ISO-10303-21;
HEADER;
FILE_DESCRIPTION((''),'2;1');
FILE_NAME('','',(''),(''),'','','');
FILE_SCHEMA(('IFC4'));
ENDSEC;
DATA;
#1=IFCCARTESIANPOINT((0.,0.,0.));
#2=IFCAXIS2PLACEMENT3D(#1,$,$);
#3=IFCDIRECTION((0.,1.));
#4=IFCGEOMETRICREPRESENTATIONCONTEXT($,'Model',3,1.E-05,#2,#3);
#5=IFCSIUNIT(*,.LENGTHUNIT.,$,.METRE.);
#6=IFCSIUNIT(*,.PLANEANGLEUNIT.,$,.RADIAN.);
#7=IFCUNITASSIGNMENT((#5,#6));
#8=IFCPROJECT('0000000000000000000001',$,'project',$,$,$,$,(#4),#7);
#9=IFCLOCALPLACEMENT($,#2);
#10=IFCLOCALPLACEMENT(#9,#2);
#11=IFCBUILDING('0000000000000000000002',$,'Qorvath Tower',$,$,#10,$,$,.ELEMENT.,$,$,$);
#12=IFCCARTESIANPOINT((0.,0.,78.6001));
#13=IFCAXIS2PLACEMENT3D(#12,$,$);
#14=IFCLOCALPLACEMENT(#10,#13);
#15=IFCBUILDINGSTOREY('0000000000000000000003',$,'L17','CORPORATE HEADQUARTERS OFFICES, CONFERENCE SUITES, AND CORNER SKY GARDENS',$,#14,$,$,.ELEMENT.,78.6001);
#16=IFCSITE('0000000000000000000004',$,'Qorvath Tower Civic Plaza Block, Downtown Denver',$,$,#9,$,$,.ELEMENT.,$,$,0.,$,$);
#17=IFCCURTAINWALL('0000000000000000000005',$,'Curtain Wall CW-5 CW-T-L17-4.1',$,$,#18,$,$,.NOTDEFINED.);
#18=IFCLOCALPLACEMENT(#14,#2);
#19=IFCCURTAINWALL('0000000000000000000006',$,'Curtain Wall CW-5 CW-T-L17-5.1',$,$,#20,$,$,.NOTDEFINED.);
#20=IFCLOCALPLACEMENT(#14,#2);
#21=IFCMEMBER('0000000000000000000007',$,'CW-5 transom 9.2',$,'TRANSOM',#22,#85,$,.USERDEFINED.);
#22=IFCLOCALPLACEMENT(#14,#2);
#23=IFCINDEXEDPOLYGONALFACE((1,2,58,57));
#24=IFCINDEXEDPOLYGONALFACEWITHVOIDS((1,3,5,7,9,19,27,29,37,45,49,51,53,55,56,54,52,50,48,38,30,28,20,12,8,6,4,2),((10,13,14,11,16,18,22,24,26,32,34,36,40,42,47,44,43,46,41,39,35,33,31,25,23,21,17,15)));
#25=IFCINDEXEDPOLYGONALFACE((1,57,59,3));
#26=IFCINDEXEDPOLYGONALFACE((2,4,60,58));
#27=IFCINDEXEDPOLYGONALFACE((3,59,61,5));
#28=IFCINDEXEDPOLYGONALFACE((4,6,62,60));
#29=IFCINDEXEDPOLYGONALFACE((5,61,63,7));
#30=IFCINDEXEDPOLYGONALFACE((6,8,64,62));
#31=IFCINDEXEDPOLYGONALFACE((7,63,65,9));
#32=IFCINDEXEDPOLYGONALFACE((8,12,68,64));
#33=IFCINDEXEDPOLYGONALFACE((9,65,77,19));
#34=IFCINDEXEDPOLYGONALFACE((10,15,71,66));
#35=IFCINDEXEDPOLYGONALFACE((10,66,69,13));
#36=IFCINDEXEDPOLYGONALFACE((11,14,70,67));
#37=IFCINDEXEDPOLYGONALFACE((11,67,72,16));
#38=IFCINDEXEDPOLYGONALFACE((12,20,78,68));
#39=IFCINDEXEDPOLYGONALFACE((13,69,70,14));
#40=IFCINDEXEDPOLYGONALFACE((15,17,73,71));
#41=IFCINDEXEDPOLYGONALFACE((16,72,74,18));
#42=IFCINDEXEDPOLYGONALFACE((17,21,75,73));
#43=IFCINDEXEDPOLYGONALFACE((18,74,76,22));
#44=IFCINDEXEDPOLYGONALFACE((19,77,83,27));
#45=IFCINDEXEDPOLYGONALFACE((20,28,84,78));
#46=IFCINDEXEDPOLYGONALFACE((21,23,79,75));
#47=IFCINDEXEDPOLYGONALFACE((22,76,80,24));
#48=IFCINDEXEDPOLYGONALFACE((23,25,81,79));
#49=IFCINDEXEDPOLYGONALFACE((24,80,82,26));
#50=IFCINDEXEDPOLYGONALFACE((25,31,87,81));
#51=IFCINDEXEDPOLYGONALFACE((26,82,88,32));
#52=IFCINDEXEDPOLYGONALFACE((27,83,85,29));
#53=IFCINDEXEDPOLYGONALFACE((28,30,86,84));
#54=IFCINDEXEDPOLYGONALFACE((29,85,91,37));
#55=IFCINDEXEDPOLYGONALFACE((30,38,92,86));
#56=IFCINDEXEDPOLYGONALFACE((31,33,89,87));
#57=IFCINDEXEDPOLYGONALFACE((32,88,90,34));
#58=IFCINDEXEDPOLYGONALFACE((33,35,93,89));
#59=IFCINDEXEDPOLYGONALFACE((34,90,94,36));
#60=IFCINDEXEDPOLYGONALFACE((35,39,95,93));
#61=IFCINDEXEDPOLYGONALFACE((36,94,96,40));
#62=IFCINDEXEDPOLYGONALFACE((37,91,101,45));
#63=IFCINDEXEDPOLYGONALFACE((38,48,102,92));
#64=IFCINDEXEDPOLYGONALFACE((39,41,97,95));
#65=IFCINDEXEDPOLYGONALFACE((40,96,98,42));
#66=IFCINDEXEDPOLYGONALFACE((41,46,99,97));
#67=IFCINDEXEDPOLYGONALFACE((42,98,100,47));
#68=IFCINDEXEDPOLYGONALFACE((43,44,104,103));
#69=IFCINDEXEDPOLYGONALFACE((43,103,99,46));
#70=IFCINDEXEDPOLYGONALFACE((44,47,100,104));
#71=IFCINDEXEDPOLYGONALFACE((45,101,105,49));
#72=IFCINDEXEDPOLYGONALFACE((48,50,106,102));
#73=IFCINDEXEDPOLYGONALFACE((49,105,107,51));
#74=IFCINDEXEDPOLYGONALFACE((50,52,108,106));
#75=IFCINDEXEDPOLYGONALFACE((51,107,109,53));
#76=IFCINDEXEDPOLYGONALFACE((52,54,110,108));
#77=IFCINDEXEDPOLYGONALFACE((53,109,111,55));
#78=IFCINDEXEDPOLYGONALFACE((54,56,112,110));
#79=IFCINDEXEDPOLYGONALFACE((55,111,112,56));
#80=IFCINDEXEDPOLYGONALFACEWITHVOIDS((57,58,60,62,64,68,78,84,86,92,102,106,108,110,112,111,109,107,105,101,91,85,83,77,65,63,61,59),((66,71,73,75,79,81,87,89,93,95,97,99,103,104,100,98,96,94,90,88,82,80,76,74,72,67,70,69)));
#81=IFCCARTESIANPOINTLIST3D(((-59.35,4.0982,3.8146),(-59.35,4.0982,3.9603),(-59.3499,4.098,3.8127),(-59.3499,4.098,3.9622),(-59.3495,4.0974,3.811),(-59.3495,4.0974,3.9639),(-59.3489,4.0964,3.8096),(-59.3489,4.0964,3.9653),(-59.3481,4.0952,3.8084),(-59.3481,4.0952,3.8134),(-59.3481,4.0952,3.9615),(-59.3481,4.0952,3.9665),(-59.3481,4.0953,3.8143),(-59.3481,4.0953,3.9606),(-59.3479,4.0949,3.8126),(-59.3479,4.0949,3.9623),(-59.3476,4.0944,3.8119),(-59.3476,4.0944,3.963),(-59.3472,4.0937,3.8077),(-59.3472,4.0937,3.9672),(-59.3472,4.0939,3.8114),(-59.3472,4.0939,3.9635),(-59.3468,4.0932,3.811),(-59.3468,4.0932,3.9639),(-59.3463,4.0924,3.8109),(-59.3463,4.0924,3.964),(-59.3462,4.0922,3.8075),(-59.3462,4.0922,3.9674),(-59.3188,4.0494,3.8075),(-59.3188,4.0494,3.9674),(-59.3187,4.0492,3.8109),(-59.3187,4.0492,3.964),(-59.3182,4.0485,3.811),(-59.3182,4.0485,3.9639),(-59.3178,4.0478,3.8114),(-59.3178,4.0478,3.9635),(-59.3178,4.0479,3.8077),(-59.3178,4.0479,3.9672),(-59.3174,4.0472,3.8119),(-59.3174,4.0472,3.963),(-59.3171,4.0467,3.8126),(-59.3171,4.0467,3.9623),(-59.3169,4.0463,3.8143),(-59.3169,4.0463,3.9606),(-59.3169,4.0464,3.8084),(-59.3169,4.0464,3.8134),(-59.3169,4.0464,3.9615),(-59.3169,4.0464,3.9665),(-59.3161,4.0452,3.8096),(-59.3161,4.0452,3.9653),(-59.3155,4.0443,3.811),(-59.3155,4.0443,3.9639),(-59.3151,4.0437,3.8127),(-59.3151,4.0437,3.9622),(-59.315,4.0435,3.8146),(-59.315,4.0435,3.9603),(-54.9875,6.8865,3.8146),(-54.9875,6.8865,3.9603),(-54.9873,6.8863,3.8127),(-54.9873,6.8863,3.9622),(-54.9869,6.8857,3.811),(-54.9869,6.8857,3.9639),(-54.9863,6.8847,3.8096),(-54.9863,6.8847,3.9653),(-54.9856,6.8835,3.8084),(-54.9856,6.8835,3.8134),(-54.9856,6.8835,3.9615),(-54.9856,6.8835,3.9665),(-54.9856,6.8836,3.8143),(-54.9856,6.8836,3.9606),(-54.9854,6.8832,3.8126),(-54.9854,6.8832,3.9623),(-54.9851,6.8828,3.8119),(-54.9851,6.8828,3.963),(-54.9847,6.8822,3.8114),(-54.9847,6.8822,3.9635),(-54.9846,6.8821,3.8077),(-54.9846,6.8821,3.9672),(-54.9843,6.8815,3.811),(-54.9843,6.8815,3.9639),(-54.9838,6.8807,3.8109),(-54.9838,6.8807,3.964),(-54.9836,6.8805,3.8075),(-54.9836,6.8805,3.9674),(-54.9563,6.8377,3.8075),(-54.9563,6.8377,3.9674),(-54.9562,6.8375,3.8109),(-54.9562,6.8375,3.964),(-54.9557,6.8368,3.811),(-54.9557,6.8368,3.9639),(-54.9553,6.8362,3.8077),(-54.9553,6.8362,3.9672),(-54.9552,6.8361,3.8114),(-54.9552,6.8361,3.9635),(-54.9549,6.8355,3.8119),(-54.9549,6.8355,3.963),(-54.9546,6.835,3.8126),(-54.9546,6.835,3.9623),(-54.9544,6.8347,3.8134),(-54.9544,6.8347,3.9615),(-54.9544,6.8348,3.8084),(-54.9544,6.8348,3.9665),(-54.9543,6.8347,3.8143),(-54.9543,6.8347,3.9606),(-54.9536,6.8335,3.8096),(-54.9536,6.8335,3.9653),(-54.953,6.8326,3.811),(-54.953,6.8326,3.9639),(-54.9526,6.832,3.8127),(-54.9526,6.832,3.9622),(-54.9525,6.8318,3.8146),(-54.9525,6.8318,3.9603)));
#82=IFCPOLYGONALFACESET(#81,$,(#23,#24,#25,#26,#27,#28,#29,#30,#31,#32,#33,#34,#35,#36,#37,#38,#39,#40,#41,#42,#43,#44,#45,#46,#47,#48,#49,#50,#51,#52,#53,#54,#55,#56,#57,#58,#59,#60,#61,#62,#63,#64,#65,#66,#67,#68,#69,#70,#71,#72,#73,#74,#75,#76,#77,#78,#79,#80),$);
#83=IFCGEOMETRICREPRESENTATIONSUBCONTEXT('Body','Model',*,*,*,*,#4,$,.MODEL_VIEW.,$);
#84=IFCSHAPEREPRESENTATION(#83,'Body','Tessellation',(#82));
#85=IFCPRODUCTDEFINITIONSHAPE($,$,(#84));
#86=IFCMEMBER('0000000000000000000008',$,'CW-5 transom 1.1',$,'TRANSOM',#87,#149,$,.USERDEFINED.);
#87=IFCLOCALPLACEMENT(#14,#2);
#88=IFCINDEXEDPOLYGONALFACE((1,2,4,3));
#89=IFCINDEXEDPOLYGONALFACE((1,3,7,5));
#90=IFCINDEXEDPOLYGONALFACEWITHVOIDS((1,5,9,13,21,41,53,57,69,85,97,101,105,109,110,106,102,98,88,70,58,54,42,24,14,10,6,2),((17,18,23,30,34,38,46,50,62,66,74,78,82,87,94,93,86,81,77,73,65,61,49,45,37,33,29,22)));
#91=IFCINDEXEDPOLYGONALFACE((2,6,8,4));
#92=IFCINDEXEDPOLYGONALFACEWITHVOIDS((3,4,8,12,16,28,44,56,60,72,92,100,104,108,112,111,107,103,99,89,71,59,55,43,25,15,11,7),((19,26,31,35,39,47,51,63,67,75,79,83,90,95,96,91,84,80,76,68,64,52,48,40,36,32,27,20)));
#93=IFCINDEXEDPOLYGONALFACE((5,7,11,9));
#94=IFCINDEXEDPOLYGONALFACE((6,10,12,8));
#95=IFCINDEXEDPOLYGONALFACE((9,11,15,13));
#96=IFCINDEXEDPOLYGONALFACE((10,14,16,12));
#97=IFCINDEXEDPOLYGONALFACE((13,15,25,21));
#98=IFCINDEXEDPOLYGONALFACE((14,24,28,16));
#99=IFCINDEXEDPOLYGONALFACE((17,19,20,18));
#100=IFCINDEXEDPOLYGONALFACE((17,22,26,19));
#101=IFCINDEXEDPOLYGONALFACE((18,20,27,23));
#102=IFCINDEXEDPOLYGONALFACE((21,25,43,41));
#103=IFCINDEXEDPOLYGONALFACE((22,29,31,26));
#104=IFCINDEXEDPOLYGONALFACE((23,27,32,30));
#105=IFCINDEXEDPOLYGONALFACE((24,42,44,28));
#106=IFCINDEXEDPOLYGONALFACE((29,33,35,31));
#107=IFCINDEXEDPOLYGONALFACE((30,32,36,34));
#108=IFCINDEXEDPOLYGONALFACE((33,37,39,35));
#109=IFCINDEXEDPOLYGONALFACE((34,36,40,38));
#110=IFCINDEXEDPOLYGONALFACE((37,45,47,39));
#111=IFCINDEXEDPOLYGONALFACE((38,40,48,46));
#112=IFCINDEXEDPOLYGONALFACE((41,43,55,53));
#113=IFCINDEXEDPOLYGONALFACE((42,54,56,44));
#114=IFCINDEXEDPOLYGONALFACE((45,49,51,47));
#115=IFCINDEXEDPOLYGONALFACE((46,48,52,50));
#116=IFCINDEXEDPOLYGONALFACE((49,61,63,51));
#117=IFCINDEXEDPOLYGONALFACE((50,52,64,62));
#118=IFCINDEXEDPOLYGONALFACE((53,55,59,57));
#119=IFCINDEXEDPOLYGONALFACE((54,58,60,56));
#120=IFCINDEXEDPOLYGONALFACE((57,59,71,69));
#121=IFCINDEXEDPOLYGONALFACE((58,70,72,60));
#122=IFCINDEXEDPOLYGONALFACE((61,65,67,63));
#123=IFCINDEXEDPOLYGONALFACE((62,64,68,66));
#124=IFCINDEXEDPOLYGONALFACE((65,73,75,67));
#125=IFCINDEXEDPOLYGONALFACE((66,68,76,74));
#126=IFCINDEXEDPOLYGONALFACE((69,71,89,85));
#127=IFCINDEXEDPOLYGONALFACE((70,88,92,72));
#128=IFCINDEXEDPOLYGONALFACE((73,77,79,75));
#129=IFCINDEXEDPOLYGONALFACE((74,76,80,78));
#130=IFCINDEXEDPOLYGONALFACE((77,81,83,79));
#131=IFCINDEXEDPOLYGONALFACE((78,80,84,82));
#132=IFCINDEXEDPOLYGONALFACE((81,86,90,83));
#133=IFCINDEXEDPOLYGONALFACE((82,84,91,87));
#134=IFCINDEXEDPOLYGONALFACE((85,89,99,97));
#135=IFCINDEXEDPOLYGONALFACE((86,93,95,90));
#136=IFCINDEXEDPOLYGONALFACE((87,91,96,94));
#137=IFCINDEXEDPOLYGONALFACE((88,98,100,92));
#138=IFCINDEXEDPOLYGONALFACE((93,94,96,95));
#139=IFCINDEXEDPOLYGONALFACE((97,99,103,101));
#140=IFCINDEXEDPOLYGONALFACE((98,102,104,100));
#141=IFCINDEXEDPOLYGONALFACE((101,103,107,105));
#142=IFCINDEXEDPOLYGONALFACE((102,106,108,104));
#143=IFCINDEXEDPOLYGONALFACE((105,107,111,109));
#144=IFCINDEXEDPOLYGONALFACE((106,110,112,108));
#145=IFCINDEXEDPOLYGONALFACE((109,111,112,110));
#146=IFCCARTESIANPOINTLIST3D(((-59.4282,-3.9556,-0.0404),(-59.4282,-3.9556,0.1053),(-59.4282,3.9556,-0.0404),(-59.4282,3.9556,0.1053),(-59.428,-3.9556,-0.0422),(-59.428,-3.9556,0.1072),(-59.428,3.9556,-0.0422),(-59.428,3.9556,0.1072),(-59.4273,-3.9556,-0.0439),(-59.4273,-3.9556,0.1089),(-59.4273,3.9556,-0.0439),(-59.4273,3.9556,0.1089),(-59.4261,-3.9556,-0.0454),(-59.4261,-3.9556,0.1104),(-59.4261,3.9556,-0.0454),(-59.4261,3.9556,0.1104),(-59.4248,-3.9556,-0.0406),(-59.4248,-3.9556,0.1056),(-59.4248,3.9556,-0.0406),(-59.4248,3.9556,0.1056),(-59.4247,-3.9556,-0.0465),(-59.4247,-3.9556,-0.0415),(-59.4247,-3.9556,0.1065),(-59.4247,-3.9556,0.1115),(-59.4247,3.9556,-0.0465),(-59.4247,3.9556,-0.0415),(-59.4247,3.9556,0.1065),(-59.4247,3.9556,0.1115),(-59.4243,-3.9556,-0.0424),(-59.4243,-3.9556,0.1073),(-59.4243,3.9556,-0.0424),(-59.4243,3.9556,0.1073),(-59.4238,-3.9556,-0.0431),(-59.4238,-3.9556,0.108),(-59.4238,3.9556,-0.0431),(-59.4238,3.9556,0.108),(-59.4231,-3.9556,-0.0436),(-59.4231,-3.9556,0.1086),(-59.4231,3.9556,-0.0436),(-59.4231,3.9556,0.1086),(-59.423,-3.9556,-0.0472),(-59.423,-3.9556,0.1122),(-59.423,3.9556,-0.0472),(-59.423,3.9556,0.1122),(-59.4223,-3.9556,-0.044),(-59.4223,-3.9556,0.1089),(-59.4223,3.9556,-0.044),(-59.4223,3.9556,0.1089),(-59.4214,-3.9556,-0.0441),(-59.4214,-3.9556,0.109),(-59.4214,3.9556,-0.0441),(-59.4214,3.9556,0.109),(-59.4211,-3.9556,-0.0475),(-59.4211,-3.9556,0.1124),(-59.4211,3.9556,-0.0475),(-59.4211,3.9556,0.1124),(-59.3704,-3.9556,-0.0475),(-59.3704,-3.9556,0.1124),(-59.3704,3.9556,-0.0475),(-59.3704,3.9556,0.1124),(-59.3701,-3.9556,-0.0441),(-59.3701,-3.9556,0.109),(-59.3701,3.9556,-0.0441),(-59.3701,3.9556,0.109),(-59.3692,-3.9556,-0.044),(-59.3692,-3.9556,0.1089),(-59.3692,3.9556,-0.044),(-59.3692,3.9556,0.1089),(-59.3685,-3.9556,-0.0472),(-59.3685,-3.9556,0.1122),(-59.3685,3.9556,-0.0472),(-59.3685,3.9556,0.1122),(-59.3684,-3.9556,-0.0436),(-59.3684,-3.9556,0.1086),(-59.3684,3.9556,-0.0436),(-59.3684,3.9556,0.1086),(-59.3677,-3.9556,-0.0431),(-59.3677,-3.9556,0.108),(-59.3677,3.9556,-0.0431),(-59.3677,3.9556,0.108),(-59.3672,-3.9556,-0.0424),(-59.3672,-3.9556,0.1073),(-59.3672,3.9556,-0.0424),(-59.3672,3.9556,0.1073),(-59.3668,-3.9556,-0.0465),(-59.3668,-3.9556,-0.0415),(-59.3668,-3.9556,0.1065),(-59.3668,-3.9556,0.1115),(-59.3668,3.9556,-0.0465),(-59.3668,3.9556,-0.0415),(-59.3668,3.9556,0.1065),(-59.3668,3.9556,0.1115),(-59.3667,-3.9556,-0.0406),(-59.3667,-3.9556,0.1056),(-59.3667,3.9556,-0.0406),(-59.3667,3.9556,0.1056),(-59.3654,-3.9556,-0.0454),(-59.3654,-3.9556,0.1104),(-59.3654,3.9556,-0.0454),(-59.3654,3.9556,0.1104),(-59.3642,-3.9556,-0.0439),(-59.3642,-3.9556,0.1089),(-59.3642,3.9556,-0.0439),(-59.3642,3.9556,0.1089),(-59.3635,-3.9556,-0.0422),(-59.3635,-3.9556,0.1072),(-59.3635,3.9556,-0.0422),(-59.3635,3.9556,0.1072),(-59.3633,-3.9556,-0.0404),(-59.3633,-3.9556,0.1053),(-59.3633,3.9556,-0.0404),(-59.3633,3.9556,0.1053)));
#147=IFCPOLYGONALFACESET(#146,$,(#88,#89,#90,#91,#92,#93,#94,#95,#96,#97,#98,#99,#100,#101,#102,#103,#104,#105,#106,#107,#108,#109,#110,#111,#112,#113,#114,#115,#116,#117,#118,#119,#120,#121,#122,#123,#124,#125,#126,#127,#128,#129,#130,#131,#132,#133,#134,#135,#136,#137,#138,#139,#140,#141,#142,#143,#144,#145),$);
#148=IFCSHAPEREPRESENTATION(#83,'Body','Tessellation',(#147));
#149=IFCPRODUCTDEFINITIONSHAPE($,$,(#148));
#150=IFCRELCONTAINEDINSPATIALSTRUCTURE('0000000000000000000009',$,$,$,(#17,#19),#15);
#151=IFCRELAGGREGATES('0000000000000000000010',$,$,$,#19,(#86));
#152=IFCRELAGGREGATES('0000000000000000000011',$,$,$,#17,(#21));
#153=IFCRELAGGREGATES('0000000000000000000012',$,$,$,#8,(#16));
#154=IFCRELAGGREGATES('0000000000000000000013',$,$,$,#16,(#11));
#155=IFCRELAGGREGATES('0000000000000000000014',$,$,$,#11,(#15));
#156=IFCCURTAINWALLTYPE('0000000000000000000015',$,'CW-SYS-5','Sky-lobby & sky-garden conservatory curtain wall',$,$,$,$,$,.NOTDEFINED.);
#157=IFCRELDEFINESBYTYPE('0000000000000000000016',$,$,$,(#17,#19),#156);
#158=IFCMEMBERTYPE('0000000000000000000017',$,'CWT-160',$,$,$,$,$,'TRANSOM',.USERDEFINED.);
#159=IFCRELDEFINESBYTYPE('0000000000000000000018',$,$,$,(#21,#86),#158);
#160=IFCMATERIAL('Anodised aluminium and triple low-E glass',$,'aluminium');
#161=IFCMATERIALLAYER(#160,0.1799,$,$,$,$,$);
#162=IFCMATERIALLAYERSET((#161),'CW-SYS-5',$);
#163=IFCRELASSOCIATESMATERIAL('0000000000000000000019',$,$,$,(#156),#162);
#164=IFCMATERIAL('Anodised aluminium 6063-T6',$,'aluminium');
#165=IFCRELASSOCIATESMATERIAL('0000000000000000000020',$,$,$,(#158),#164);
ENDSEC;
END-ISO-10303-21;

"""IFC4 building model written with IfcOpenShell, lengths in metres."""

from ifc_helpers import new_model, si_unit, direction, frame, origin, origin_2d, place, context, subcontext, project, spatial, hollow_rectangle, extrude, material, layer, layer_set, material_profile, profile_set, type_object, element, aggregate, save


model = new_model("IFC4")

# Units and contexts
model_context = context("Model", 3, precision=1e-05, world=origin(), true_north=direction((0.0, 1.0)))
body_context = subcontext(model_context, "Body", "Model", "MODEL_VIEW")
ifc_project = project(units=[si_unit("LENGTHUNIT", "METRE"), si_unit("PLANEANGLEUNIT", "RADIAN")], contexts=[model_context])

# Site, building, storey
site_placement = place(None, origin())
site = spatial("IfcSite", under=ifc_project, at=site_placement, Name="Qorvath Tower Civic Plaza Block, Downtown Denver", CompositionType="ELEMENT", RefElevation=0.0)
building_placement = place(site_placement, origin())
building = spatial("IfcBuilding", under=site, at=building_placement, Name="Qorvath Tower", CompositionType="ELEMENT")
storey_placement = place(building_placement, frame((0.0, 0.0, 78.6001)))
storey = spatial("IfcBuildingStorey", under=building, at=storey_placement, Name="L17", Description="CORPORATE HEADQUARTERS OFFICES, CONFERENCE SUITES, AND CORNER SKY GARDENS", CompositionType="ELEMENT", Elevation=78.6001)

# Curtain wall
ifc_material_1 = material(Name="Anodised aluminium and triple low-E glass", Category="aluminium")
ifc_layer_1 = layer(ifc_material_1, 0.1799)
ifc_layer_set_1 = layer_set([ifc_layer_1], Name="CW-SYS-5")
curtain_wall_type = type_object("IfcCurtainWallType", Name="CW-SYS-5", Description="Sky-lobby & sky-garden conservatory curtain wall", PredefinedType="NOTDEFINED", material=ifc_layer_set_1)
curtain_wall_1_placement = place(storey_placement, origin())
curtain_wall_1 = element("IfcCurtainWall", 1, at=curtain_wall_1_placement, inside=storey, type_object=curtain_wall_type, Name="Curtain Wall CW-5 CW-T-L17-4.1", PredefinedType="NOTDEFINED")

# Curtain wall
curtain_wall_2_placement = place(storey_placement, origin())
curtain_wall_2 = element("IfcCurtainWall", 2, at=curtain_wall_2_placement, inside=storey, type_object=curtain_wall_type, Name="Curtain Wall CW-5 CW-T-L17-5.1", PredefinedType="NOTDEFINED")

# Members
ifc_material_2 = material(Name="Anodised aluminium 6063-T6", Category="aluminium")
ifc_material_profile_1 = material_profile(ifc_material_2, hollow_rectangle(XDim=0.0649, YDim=0.1599, WallThickness=0.0034, InnerFilletRadius=0.0034, OuterFilletRadius=0.0071, at=origin_2d()), Name="CWT 160x65")
ifc_profile_set_1 = profile_set([ifc_material_profile_1], Name="Anodised aluminium 6063-T6")
member_type_1 = type_object("IfcMemberType", Name="CWT-160", ElementType="TRANSOM", PredefinedType="USERDEFINED", material=ifc_profile_set_1)
member_1_placement = place(storey_placement, frame((-54.97, 6.8591, 3.8875), z_axis=(-0.842596, -0.538546, 0.0), x_axis=(0.538546, -0.842596, 0.0)))
member_1 = element("IfcMember", 3, at=member_1_placement, type_object=member_type_1, Name="CW-5 transom 9.2", ObjectType="TRANSOM", PredefinedType="USERDEFINED", context=body_context, shape_type="SweptSolid", body=[
    extrude(hollow_rectangle(XDim=0.0649, YDim=0.1599, WallThickness=0.0034, InnerFilletRadius=0.0034, OuterFilletRadius=0.0071, at=origin_2d()), origin(), (0.0, 0.0, 1.0), 5.1775),
])
member_2_placement = place(storey_placement, frame((-59.3958, 3.9556, 0.0325), z_axis=(0.0, -1.0, 0.0), x_axis=(1.0, 0.0, 0.0)))
member_2 = element("IfcMember", 4, at=member_2_placement, type_object=member_type_1, Name="CW-5 transom 1.1", ObjectType="TRANSOM", PredefinedType="USERDEFINED", context=body_context, shape_type="SweptSolid", body=[
    extrude(hollow_rectangle(XDim=0.0649, YDim=0.1599, WallThickness=0.0034, InnerFilletRadius=0.0034, OuterFilletRadius=0.0071, at=origin_2d()), origin(), (0.0, 0.0, 1.0), 7.9111),
])
aggregate(curtain_wall_2, [member_2])

aggregate(curtain_wall_1, [member_1])

save(model, "model.ifc")
